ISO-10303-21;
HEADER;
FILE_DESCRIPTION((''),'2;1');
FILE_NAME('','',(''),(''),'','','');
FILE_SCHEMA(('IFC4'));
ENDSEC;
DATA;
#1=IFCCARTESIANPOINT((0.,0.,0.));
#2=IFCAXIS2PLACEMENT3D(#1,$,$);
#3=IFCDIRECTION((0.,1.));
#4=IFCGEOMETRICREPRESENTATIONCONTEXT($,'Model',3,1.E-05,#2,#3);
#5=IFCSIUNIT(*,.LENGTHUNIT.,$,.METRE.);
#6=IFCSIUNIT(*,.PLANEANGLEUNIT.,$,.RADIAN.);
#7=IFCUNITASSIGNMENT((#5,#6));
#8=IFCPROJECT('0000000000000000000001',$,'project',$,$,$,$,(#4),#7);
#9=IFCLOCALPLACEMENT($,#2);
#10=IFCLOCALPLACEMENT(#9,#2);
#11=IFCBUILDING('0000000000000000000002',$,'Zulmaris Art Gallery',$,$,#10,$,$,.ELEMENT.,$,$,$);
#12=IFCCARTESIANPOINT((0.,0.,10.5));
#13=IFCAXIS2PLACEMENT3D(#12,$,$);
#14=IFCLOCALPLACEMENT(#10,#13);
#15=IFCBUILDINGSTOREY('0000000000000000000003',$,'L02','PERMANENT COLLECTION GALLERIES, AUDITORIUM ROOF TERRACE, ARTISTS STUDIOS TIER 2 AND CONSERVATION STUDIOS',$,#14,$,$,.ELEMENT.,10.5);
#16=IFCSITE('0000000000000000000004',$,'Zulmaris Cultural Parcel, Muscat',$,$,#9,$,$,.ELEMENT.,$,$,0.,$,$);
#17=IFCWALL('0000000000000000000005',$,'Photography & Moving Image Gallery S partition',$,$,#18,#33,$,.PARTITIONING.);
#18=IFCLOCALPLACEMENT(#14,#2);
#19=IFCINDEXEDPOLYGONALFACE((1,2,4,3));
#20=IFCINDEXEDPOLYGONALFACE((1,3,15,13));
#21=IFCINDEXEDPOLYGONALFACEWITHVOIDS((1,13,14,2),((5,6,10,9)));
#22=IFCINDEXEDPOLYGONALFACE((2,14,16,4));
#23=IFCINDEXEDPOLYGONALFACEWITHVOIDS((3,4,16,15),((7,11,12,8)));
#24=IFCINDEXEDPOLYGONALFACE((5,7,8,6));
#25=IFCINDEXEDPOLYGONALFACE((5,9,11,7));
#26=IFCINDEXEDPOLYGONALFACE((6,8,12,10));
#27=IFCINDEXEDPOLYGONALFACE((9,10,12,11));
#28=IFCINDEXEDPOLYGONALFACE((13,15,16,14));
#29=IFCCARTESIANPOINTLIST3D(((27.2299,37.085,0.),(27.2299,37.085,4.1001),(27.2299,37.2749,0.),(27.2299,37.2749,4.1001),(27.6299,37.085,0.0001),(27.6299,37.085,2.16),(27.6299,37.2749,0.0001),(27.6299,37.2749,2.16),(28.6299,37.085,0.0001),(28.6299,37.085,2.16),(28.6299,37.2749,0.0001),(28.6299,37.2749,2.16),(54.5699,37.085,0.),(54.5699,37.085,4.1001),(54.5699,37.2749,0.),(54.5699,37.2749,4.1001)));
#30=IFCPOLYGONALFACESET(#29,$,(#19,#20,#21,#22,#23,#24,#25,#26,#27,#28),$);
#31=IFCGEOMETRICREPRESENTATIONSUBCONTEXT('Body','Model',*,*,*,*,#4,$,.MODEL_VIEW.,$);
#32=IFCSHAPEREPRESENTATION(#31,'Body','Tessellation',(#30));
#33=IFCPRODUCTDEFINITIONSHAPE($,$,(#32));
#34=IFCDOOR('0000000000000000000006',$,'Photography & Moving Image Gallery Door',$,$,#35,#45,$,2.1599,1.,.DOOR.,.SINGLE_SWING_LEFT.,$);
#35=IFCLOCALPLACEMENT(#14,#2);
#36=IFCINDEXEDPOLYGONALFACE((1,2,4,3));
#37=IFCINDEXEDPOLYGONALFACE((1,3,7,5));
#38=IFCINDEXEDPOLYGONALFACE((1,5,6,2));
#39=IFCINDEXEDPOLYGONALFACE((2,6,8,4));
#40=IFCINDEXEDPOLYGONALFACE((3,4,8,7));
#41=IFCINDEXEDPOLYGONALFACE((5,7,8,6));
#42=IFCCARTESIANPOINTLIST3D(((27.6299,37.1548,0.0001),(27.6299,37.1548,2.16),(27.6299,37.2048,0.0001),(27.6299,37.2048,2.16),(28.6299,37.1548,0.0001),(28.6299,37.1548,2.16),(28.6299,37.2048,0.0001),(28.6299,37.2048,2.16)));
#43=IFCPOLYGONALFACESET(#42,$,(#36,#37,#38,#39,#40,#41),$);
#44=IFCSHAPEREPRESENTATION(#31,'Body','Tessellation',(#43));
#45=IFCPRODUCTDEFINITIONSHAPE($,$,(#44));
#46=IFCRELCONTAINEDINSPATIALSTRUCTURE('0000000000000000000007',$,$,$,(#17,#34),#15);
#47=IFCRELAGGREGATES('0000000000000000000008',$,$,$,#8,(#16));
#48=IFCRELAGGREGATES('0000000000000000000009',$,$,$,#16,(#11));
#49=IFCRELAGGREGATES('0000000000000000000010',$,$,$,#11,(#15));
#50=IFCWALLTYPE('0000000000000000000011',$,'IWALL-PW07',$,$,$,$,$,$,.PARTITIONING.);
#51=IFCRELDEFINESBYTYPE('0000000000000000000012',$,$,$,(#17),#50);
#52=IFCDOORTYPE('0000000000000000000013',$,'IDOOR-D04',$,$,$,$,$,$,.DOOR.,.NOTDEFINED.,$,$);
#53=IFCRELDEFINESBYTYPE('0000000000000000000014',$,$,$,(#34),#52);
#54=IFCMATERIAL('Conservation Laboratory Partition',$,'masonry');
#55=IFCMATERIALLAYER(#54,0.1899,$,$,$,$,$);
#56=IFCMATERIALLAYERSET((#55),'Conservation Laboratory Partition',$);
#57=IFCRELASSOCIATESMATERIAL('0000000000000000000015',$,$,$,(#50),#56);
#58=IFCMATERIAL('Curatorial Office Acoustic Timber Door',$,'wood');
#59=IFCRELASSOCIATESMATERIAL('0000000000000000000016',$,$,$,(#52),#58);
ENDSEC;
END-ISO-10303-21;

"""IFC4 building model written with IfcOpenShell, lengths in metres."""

from ifc_helpers import new_model, si_unit, direction, frame, frame_2d, origin, place, context, subcontext, project, spatial, rectangle, extrude, material, layer, layer_set, type_object, element, fill, save


model = new_model("IFC4")

# Units and contexts
model_context = context("Model", 3, precision=1e-05, world=origin(), true_north=direction((0.0, 1.0)))
body_context = subcontext(model_context, "Body", "Model", "MODEL_VIEW")
ifc_project = project(units=[si_unit("LENGTHUNIT", "METRE"), si_unit("PLANEANGLEUNIT", "RADIAN")], contexts=[model_context])

# Site, building, storey
site_placement = place(None, origin())
site = spatial("IfcSite", under=ifc_project, at=site_placement, Name="Zulmaris Cultural Parcel, Muscat", CompositionType="ELEMENT", RefElevation=0.0)
building_placement = place(site_placement, origin())
building = spatial("IfcBuilding", under=site, at=building_placement, Name="Zulmaris Art Gallery", CompositionType="ELEMENT")
storey_placement = place(building_placement, frame((0.0, 0.0, 10.5)))
storey = spatial("IfcBuildingStorey", under=building, at=storey_placement, Name="L02", Description="PERMANENT COLLECTION GALLERIES, AUDITORIUM ROOF TERRACE, ARTISTS STUDIOS TIER 2 AND CONSERVATION STUDIOS", CompositionType="ELEMENT", Elevation=10.5)

# Wall, opening, door
ifc_material_1 = material(Name="Conservation Laboratory Partition", Category="masonry")
ifc_layer_1 = layer(ifc_material_1, 0.1899)
ifc_layer_set_1 = layer_set([ifc_layer_1], Name="Conservation Laboratory Partition")
wall_type_1 = type_object("IfcWallType", Name="IWALL-PW07", PredefinedType="PARTITIONING", material=ifc_layer_set_1)
wall_1_placement = place(storey_placement, frame((27.23, 37.1799, 0.0), z_axis=(0.0, 0.0, 1.0), x_axis=(1.0, 0.0, 0.0)))
wall_1 = element("IfcWall", 1, at=wall_1_placement, inside=storey, type_object=wall_type_1, Name="Photography & Moving Image Gallery S partition", PredefinedType="PARTITIONING", context=body_context, shape_type="SweptSolid", body=[
    extrude(rectangle(XDim=27.3401, YDim=0.1899, at=frame_2d((13.6699, 0.0))), origin(), (0.0, 0.0, 1.0), 4.1001),
])
opening_1_placement = place(wall_1_placement, frame((0.3999, 0.0, 0.0)))
opening_1 = element("IfcOpeningElement", 2, at=opening_1_placement, cuts=wall_1, PredefinedType="OPENING", context=body_context, shape_type="SweptSolid", body=[
    extrude(rectangle(XDim=1.0, YDim=2.1599, at=frame_2d((0.5, 1.0801))), frame((0.0, 0.105, 0.0), z_axis=(0.0, -1.0, 0.0), x_axis=(1.0, 0.0, 0.0)), (0.0, 0.0, 1.0), 0.21),
])
ifc_material_2 = material(Name="Curatorial Office Acoustic Timber Door", Category="wood")
door_type = type_object("IfcDoorType", Name="IDOOR-D04", OperationType="NOTDEFINED", PredefinedType="DOOR", material=ifc_material_2)
door_placement = place(opening_1_placement, origin())
door = element("IfcDoor", 3, at=door_placement, inside=storey, type_object=door_type, Name="Photography & Moving Image Gallery Door", OperationType="SINGLE_SWING_LEFT", OverallHeight=2.1599, OverallWidth=1.0, PredefinedType="DOOR", context=body_context, shape_type="SweptSolid", body=[
    extrude(rectangle(XDim=1.0, YDim=2.1599, at=frame_2d((0.5, 1.0801))), frame((0.0, 0.0249, 0.0), z_axis=(0.0, -1.0, 0.0), x_axis=(1.0, 0.0, 0.0)), (0.0, 0.0, 1.0), 0.05),
])
fill(opening_1, door)

save(model, "model.ifc")
